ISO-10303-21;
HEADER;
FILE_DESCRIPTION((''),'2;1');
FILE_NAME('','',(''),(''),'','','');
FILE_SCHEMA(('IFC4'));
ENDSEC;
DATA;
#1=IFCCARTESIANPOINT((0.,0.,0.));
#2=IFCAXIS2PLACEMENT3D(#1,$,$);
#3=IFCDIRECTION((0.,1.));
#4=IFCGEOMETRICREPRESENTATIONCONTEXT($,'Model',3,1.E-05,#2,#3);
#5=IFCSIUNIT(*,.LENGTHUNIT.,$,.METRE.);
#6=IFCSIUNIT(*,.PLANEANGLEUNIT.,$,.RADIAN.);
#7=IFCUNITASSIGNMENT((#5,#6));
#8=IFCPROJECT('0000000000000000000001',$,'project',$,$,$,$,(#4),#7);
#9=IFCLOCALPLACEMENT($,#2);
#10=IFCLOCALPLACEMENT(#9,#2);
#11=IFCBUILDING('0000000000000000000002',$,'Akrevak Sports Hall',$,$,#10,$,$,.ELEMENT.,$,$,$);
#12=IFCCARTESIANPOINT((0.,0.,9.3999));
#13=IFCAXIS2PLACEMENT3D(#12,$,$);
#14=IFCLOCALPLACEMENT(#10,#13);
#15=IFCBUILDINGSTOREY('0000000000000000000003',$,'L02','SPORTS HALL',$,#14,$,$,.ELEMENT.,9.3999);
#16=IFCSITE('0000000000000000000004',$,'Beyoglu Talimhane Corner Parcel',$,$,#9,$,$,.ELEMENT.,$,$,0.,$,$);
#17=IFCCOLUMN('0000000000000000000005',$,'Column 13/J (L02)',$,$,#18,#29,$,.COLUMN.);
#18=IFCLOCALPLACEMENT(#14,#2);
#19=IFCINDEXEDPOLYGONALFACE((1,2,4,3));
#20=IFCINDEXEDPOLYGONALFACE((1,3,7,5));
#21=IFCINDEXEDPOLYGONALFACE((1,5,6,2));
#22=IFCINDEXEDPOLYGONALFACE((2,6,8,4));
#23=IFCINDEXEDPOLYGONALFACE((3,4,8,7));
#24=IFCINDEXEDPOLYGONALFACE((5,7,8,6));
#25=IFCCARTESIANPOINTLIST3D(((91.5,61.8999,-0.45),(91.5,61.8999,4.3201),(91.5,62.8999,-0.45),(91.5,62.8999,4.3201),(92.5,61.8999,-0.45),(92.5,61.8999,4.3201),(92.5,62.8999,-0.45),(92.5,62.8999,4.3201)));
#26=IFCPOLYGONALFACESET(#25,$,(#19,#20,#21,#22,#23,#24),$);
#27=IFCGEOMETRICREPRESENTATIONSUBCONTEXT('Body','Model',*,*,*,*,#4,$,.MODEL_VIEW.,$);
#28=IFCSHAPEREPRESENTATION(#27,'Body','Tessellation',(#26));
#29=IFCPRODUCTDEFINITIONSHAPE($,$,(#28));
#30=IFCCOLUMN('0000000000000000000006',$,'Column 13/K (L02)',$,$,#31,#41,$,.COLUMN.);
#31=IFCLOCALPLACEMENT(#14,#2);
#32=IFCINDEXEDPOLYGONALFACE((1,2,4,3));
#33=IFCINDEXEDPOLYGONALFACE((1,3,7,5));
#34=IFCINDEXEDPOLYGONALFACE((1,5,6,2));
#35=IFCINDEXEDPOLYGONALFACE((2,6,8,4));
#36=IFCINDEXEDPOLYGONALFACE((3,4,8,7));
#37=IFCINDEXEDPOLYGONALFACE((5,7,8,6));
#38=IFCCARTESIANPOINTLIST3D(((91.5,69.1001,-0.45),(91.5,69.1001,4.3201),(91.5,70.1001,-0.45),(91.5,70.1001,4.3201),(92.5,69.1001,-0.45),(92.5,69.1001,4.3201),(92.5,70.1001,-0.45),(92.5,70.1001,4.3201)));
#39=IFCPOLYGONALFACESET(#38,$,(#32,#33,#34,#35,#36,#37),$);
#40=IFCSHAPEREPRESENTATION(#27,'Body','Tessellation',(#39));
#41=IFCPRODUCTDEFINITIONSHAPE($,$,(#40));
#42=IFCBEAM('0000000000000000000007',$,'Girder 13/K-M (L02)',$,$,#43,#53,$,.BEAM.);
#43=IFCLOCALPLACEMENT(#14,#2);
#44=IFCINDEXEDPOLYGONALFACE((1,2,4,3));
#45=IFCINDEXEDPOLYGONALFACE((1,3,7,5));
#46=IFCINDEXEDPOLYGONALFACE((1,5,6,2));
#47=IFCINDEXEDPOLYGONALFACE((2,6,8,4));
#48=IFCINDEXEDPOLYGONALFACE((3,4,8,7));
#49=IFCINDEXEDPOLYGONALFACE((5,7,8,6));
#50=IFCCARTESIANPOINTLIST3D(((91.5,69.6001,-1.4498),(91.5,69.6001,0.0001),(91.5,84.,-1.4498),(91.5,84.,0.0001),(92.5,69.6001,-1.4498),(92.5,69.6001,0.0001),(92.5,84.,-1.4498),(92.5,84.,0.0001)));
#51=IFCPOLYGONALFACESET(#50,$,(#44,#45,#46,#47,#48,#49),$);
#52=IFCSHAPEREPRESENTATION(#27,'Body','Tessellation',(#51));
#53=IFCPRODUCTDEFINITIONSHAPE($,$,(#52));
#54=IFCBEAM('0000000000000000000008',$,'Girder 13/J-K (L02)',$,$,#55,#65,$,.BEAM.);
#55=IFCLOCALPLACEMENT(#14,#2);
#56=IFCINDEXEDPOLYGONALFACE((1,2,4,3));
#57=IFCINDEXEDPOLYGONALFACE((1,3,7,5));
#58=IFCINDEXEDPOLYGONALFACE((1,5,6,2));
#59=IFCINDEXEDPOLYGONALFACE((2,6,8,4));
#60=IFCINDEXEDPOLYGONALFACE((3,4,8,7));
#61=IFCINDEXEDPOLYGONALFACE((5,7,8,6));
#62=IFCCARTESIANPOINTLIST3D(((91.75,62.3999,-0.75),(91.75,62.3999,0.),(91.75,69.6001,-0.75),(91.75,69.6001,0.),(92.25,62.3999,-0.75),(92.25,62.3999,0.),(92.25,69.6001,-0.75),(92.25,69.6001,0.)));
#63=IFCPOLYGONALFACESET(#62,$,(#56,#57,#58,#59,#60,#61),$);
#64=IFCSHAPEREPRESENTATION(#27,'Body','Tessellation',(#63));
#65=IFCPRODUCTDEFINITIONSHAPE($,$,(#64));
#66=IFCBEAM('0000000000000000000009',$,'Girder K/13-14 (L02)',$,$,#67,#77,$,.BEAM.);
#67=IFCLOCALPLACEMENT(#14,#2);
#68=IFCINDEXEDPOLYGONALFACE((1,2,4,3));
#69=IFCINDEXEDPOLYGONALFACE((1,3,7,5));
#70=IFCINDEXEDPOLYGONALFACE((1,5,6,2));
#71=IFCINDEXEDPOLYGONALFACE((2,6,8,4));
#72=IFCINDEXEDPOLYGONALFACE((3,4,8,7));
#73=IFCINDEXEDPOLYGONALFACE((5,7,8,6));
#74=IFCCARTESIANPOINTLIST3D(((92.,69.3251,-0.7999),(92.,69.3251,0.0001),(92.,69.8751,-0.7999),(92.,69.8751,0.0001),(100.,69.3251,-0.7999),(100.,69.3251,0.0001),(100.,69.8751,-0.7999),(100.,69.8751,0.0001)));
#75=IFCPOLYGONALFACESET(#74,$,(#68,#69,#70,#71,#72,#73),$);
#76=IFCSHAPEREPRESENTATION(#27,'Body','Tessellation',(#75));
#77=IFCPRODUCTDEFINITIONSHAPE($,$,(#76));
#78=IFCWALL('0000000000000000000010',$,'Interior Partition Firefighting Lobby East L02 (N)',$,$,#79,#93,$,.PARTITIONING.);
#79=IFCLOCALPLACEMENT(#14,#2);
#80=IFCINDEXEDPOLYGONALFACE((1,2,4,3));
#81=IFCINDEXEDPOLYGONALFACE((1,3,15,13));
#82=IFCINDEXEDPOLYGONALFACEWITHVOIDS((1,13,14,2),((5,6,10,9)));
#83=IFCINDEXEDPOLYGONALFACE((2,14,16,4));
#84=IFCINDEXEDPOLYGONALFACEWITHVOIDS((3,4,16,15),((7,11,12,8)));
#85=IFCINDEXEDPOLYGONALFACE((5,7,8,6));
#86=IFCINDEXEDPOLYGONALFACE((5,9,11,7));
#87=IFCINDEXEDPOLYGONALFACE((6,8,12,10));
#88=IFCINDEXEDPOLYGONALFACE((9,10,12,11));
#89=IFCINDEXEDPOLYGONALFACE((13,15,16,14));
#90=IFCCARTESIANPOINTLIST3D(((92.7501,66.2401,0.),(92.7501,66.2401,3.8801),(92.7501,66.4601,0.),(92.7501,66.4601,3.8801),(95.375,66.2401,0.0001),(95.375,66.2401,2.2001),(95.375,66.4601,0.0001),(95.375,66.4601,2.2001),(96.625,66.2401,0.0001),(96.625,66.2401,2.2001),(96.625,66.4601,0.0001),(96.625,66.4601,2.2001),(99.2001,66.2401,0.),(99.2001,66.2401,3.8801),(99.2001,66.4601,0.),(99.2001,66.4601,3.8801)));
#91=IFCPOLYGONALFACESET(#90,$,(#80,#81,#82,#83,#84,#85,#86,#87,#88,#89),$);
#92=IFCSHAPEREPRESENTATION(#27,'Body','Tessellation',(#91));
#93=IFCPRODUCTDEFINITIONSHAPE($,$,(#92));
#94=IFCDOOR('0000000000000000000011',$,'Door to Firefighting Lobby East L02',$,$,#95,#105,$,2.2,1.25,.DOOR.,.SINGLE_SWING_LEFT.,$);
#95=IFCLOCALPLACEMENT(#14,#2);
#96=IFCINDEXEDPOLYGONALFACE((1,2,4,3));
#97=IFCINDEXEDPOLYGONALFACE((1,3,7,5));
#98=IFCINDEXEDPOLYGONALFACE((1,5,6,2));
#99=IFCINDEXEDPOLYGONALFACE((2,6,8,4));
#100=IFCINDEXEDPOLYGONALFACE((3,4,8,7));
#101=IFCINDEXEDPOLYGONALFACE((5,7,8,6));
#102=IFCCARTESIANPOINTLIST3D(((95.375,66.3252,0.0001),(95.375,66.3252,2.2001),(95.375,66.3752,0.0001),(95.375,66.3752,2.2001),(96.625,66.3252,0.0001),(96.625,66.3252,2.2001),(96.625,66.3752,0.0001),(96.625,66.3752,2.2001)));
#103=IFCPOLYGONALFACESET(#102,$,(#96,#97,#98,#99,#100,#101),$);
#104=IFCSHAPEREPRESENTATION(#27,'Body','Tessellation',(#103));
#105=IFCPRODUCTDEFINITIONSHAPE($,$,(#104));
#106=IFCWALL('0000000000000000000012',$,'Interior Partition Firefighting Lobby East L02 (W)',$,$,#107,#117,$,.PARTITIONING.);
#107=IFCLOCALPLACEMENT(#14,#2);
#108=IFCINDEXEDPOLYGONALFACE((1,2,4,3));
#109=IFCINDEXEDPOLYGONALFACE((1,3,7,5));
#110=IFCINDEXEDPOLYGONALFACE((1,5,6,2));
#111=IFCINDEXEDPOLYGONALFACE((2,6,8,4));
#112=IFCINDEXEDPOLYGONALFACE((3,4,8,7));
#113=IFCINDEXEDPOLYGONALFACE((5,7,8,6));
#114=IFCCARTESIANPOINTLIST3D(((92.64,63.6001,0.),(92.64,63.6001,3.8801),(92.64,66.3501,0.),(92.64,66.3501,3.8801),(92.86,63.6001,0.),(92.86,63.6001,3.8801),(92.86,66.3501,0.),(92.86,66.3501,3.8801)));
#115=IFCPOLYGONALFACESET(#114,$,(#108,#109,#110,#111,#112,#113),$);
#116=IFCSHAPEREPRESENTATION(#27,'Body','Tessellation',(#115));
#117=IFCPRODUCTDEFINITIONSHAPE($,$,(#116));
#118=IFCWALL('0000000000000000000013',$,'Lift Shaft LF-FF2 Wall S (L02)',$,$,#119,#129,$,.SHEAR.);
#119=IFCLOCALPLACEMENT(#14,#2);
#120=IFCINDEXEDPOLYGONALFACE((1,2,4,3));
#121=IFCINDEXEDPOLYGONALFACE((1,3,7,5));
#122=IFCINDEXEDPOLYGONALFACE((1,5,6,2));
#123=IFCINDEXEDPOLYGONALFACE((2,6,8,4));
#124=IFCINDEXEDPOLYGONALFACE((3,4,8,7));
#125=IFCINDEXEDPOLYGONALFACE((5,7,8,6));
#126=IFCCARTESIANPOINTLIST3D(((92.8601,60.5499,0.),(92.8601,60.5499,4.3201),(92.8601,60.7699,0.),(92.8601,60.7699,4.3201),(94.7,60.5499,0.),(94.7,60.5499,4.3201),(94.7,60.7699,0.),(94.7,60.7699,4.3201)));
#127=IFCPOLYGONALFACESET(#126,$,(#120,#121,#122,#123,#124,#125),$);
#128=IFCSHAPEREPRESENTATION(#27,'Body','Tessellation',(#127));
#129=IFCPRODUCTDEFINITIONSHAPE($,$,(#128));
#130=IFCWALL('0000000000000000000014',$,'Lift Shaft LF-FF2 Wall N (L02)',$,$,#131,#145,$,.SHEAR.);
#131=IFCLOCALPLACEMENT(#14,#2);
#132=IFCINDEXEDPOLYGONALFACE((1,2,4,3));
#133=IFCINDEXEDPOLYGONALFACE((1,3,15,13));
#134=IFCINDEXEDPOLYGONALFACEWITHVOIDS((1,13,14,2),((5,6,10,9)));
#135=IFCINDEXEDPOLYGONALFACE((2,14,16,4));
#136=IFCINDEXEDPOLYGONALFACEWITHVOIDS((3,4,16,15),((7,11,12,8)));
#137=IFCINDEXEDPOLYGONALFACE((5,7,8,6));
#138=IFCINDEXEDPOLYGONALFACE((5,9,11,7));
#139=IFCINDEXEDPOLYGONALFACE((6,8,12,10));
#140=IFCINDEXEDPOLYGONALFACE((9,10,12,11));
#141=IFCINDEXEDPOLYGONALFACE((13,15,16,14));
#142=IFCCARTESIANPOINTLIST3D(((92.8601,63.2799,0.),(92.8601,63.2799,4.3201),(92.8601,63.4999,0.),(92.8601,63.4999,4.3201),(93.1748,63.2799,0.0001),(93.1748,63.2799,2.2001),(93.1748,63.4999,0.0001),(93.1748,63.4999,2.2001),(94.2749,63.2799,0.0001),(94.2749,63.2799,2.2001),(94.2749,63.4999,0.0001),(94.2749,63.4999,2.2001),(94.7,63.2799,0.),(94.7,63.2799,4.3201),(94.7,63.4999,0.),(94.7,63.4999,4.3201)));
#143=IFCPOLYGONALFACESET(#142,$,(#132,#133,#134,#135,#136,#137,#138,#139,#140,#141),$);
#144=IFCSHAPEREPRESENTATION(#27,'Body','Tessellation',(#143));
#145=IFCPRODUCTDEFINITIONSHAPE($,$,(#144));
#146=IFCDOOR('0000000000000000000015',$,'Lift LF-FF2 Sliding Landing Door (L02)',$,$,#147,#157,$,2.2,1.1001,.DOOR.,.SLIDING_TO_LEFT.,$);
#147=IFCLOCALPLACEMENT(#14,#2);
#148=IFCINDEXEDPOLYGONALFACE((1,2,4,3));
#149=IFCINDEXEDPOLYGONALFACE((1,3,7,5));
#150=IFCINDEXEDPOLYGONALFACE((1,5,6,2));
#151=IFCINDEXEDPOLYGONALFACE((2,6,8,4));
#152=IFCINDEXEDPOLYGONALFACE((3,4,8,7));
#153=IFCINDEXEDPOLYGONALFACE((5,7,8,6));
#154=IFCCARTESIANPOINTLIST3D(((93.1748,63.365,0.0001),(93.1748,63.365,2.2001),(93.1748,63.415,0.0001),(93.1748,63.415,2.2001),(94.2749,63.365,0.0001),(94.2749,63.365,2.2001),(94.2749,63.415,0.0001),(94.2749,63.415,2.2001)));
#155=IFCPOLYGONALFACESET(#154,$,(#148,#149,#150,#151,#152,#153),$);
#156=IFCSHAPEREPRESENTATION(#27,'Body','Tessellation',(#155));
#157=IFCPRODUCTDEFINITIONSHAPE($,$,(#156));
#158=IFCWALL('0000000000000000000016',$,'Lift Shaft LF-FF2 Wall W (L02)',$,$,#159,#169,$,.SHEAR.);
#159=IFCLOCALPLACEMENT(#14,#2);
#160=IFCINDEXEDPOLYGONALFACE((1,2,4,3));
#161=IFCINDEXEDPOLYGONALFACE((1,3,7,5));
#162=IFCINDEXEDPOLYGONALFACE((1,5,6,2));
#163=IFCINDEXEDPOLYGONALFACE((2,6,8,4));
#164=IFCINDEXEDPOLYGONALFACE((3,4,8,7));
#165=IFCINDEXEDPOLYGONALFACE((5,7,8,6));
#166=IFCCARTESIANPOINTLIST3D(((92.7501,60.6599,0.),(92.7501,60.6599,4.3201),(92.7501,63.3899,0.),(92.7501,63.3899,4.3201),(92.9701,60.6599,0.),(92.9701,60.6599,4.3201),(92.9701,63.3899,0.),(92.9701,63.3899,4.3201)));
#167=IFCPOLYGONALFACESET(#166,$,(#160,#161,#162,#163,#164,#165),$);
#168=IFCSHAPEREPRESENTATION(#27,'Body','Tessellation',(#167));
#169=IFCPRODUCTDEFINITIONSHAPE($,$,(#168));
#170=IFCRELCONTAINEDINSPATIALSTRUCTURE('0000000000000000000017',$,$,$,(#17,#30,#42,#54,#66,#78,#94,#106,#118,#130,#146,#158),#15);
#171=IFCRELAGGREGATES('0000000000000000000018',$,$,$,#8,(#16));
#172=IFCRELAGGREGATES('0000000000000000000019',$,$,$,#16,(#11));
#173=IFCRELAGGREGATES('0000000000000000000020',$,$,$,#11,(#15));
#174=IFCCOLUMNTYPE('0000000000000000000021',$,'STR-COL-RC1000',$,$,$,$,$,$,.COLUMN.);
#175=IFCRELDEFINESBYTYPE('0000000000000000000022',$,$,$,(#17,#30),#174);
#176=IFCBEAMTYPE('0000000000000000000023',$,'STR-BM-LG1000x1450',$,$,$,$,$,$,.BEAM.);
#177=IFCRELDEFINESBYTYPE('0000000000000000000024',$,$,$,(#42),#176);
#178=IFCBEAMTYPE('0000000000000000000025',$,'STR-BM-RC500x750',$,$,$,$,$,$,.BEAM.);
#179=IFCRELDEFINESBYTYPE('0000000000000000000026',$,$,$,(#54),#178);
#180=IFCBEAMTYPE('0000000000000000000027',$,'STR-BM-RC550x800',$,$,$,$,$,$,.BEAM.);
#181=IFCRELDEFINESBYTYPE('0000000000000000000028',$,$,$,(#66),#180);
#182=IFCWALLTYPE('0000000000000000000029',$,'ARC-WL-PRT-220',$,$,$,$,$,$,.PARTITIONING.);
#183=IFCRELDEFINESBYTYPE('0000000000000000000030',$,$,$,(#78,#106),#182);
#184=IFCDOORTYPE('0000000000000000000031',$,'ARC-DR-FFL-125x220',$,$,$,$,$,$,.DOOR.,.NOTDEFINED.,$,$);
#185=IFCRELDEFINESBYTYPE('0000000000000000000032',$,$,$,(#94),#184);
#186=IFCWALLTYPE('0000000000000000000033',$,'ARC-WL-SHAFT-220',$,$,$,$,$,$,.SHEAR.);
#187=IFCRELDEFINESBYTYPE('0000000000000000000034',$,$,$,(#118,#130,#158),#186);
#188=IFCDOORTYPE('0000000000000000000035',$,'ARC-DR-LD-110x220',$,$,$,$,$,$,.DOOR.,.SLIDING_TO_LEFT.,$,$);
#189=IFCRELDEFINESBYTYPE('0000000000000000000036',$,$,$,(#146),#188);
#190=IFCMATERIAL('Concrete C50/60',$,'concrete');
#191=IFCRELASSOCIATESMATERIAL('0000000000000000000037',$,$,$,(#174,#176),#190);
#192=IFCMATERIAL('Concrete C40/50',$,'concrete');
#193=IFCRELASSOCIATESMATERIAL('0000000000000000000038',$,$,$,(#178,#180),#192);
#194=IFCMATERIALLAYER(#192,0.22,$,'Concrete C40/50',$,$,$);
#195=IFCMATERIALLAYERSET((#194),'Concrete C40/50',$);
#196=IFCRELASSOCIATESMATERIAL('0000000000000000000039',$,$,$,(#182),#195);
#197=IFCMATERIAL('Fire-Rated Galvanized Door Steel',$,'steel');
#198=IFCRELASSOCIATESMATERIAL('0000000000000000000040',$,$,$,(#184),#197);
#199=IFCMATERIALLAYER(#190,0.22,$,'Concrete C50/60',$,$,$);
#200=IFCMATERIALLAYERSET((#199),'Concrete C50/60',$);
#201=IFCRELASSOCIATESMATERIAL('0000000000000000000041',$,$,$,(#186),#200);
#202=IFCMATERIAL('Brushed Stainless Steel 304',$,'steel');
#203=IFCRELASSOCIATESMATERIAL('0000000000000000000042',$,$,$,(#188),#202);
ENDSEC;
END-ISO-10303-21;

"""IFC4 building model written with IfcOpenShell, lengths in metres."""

from ifc_helpers import new_model, si_unit, direction, frame, frame_2d, origin, origin_2d, place, context, subcontext, project, spatial, rectangle, extrude, material, layer, layer_set, material_profile, profile_set, type_object, element, fill, save


model = new_model("IFC4")

# Units and contexts
model_context = context("Model", 3, precision=1e-05, world=origin(), true_north=direction((0.0, 1.0)))
body_context = subcontext(model_context, "Body", "Model", "MODEL_VIEW")
ifc_project = project(units=[si_unit("LENGTHUNIT", "METRE"), si_unit("PLANEANGLEUNIT", "RADIAN")], contexts=[model_context])

# Site, building, storey
site_placement = place(None, origin())
site = spatial("IfcSite", under=ifc_project, at=site_placement, Name="Beyoglu Talimhane Corner Parcel", CompositionType="ELEMENT", RefElevation=0.0)
building_placement = place(site_placement, origin())
building = spatial("IfcBuilding", under=site, at=building_placement, Name="Akrevak Sports Hall", CompositionType="ELEMENT")
storey_placement = place(building_placement, frame((0.0, 0.0, 9.3999)))
storey = spatial("IfcBuildingStorey", under=building, at=storey_placement, Name="L02", Description="SPORTS HALL", CompositionType="ELEMENT", Elevation=9.3999)

# Columns
ifc_material_1 = material(Name="Concrete C50/60", Category="concrete")
ifc_material_profile_1 = material_profile(ifc_material_1, rectangle(XDim=1.0, YDim=1.0, at=origin_2d()), Name="RC 1000x1000", Category="concrete")
ifc_profile_set_1 = profile_set([ifc_material_profile_1], Name="Concrete C50/60")
column_type = type_object("IfcColumnType", Name="STR-COL-RC1000", PredefinedType="COLUMN", material=ifc_profile_set_1)
for number, where, z_axis, x_axis, name in (
    (1, (92.0, 62.3999, -0.45), (0.0, 0.0, 1.0), (1.0, 0.0, 0.0), "Column 13/J (L02)"),
    (2, (92.0, 69.6001, -0.45), (0.0, 0.0, 1.0), (1.0, 0.0, 0.0), "Column 13/K (L02)"),
):
    element("IfcColumn", number, at=place(storey_placement, frame(where, z_axis=z_axis, x_axis=x_axis)), inside=storey, type_object=column_type, Name=name, PredefinedType="COLUMN", context=body_context, shape_type="SweptSolid", body=[
        extrude(rectangle(XDim=1.0, YDim=1.0, at=origin_2d()), origin(), (0.0, 0.0, 1.0), 4.77),
    ])

# Beams
ifc_material_profile_2 = material_profile(ifc_material_1, rectangle(XDim=1.0, YDim=1.45, at=origin_2d()), Name="BM 1000x1450", Category="concrete")
ifc_profile_set_2 = profile_set([ifc_material_profile_2], Name="Concrete C50/60")
beam_type_1 = type_object("IfcBeamType", Name="STR-BM-LG1000x1450", PredefinedType="BEAM", material=ifc_profile_set_2)
beam_1_placement = place(storey_placement, frame((92.0, 69.6001, -0.7249), z_axis=(0.0, 1.0, 0.0), x_axis=(-1.0, 0.0, 0.0)))
element("IfcBeam", 3, at=beam_1_placement, inside=storey, type_object=beam_type_1, Name="Girder 13/K-M (L02)", PredefinedType="BEAM", context=body_context, shape_type="SweptSolid", body=[
    extrude(rectangle(XDim=1.0, YDim=1.45, at=origin_2d()), origin(), (0.0, 0.0, 1.0), 14.3999),
])
ifc_material_2 = material(Name="Concrete C40/50", Category="concrete")
ifc_material_profile_3 = material_profile(ifc_material_2, rectangle(XDim=0.5, YDim=0.75, at=origin_2d()), Name="BM 500x750", Category="concrete")
ifc_profile_set_3 = profile_set([ifc_material_profile_3], Name="Concrete C40/50")
beam_type_2 = type_object("IfcBeamType", Name="STR-BM-RC500x750", PredefinedType="BEAM", material=ifc_profile_set_3)
beam_2_placement = place(storey_placement, frame((92.0, 62.3999, -0.375), z_axis=(0.0, 1.0, 0.0), x_axis=(-1.0, 0.0, 0.0)))
element("IfcBeam", 4, at=beam_2_placement, inside=storey, type_object=beam_type_2, Name="Girder 13/J-K (L02)", PredefinedType="BEAM", context=body_context, shape_type="SweptSolid", body=[
    extrude(rectangle(XDim=0.5, YDim=0.75, at=origin_2d()), origin(), (0.0, 0.0, 1.0), 7.2002),
])
ifc_material_profile_4 = material_profile(ifc_material_2, rectangle(XDim=0.55, YDim=0.8, at=origin_2d()), Name="BM 550x800", Category="concrete")
ifc_profile_set_4 = profile_set([ifc_material_profile_4], Name="Concrete C40/50")
beam_type_3 = type_object("IfcBeamType", Name="STR-BM-RC550x800", PredefinedType="BEAM", material=ifc_profile_set_4)
beam_3_placement = place(storey_placement, frame((92.0, 69.6001, -0.3999), z_axis=(1.0, 0.0, 0.0), x_axis=(0.0, 1.0, 0.0)))
element("IfcBeam", 5, at=beam_3_placement, inside=storey, type_object=beam_type_3, Name="Girder K/13-14 (L02)", PredefinedType="BEAM", context=body_context, shape_type="SweptSolid", body=[
    extrude(rectangle(XDim=0.55, YDim=0.8, at=origin_2d()), origin(), (0.0, 0.0, 1.0), 8.0),
])

# Wall, opening, door
ifc_layer_1 = layer(ifc_material_2, 0.22, Name="Concrete C40/50")
ifc_layer_set_1 = layer_set([ifc_layer_1], Name="Concrete C40/50")
wall_type_1 = type_object("IfcWallType", Name="ARC-WL-PRT-220", PredefinedType="PARTITIONING", material=ifc_layer_set_1)
wall_1_placement = place(storey_placement, frame((92.75, 66.3501, 0.0), z_axis=(0.0, 0.0, 1.0), x_axis=(1.0, 0.0, 0.0)))
wall_1 = element("IfcWall", 6, at=wall_1_placement, inside=storey, type_object=wall_type_1, Name="Interior Partition Firefighting Lobby East L02 (N)", PredefinedType="PARTITIONING", context=body_context, shape_type="SweptSolid", body=[
    extrude(rectangle(XDim=6.45, YDim=0.22, at=frame_2d((3.2251, 0.0))), origin(), (0.0, 0.0, 1.0), 3.8801),
])
opening_1_placement = place(wall_1_placement, frame((2.625, 0.0, 0.0)))
opening_1 = element("IfcOpeningElement", 7, at=opening_1_placement, cuts=wall_1, PredefinedType="OPENING", context=body_context, shape_type="SweptSolid", body=[
    extrude(rectangle(XDim=1.25, YDim=2.2, at=frame_2d((0.625, 1.1001))), frame((0.0, 0.1221, 0.0), z_axis=(0.0, -1.0, 0.0), x_axis=(1.0, 0.0, 0.0)), (0.0, 0.0, 1.0), 0.2439),
])
ifc_material_3 = material(Name="Fire-Rated Galvanized Door Steel", Category="steel")
door_type_1 = type_object("IfcDoorType", Name="ARC-DR-FFL-125x220", OperationType="NOTDEFINED", PredefinedType="DOOR", material=ifc_material_3)
door_1_placement = place(opening_1_placement, frame((1.25, 0.0, 0.0), z_axis=(0.0, 0.0, 1.0), x_axis=(-1.0, 0.0, 0.0)))
door_1 = element("IfcDoor", 8, at=door_1_placement, inside=storey, type_object=door_type_1, Name="Door to Firefighting Lobby East L02", OperationType="SINGLE_SWING_LEFT", OverallHeight=2.2, OverallWidth=1.25, PredefinedType="DOOR", context=body_context, shape_type="SweptSolid", body=[
    extrude(rectangle(XDim=1.25, YDim=2.2, at=frame_2d((0.625, 1.1001))), frame((0.0, 0.0249, 0.0), z_axis=(0.0, -1.0, 0.0), x_axis=(1.0, 0.0, 0.0)), (0.0, 0.0, 1.0), 0.05),
])
fill(opening_1, door_1)

# Walls
wall_2_placement = place(storey_placement, frame((92.75, 63.6001, 0.0), z_axis=(0.0, 0.0, 1.0), x_axis=(0.0, 1.0, 0.0)))
element("IfcWall", 9, at=wall_2_placement, inside=storey, type_object=wall_type_1, Name="Interior Partition Firefighting Lobby East L02 (W)", PredefinedType="PARTITIONING", context=body_context, shape_type="SweptSolid", body=[
    extrude(rectangle(XDim=2.75, YDim=0.22, at=frame_2d((1.375, 0.0))), origin(), (0.0, 0.0, 1.0), 3.8801),
])
ifc_layer_2 = layer(ifc_material_1, 0.22, Name="Concrete C50/60")
ifc_layer_set_2 = layer_set([ifc_layer_2], Name="Concrete C50/60")
wall_type_2 = type_object("IfcWallType", Name="ARC-WL-SHAFT-220", PredefinedType="SHEAR", material=ifc_layer_set_2)
wall_3_placement = place(storey_placement, frame((92.8601, 60.6599, 0.0), z_axis=(0.0, 0.0, 1.0), x_axis=(1.0, 0.0, 0.0)))
element("IfcWall", 10, at=wall_3_placement, inside=storey, type_object=wall_type_2, Name="Lift Shaft LF-FF2 Wall S (L02)", PredefinedType="SHEAR", context=body_context, shape_type="SweptSolid", body=[
    extrude(rectangle(XDim=1.8398, YDim=0.22, at=frame_2d((0.9199, 0.0))), origin(), (0.0, 0.0, 1.0), 4.3201),
])

# Wall, opening, door
wall_4_placement = place(storey_placement, frame((94.7, 63.3899, 0.0), z_axis=(0.0, 0.0, 1.0), x_axis=(-1.0, 0.0, 0.0)))
wall_4 = element("IfcWall", 11, at=wall_4_placement, inside=storey, type_object=wall_type_2, Name="Lift Shaft LF-FF2 Wall N (L02)", PredefinedType="SHEAR", context=body_context, shape_type="SweptSolid", body=[
    extrude(rectangle(XDim=1.8398, YDim=0.22, at=frame_2d((0.9199, 0.0))), origin(), (0.0, 0.0, 1.0), 4.3201),
])
opening_2_placement = place(wall_4_placement, frame((0.425, 0.0, 0.0)))
opening_2 = element("IfcOpeningElement", 12, at=opening_2_placement, cuts=wall_4, PredefinedType="OPENING", context=body_context, shape_type="SweptSolid", body=[
    extrude(rectangle(XDim=1.1001, YDim=2.2, at=frame_2d((0.55, 1.1001))), frame((0.0, 0.1221, 0.0), z_axis=(0.0, -1.0, 0.0), x_axis=(1.0, 0.0, 0.0)), (0.0, 0.0, 1.0), 0.2439),
])
ifc_material_4 = material(Name="Brushed Stainless Steel 304", Category="steel")
door_type_2 = type_object("IfcDoorType", Name="ARC-DR-LD-110x220", OperationType="SLIDING_TO_LEFT", PredefinedType="DOOR", material=ifc_material_4)
door_2_placement = place(opening_2_placement, origin())
door_2 = element("IfcDoor", 13, at=door_2_placement, inside=storey, type_object=door_type_2, Name="Lift LF-FF2 Sliding Landing Door (L02)", OperationType="SLIDING_TO_LEFT", OverallHeight=2.2, OverallWidth=1.1001, PredefinedType="DOOR", context=body_context, shape_type="SweptSolid", body=[
    extrude(rectangle(XDim=1.1001, YDim=2.2, at=frame_2d((0.55, 1.1001))), frame((0.0, 0.0249, 0.0), z_axis=(0.0, -1.0, 0.0), x_axis=(1.0, 0.0, 0.0)), (0.0, 0.0, 1.0), 0.05),
])
fill(opening_2, door_2)

# Wall
wall_5_placement = place(storey_placement, frame((92.8601, 63.3899, 0.0), z_axis=(0.0, 0.0, 1.0), x_axis=(0.0, -1.0, 0.0)))
element("IfcWall", 14, at=wall_5_placement, inside=storey, type_object=wall_type_2, Name="Lift Shaft LF-FF2 Wall W (L02)", PredefinedType="SHEAR", context=body_context, shape_type="SweptSolid", body=[
    extrude(rectangle(XDim=2.73, YDim=0.22, at=frame_2d((1.365, 0.0))), origin(), (0.0, 0.0, 1.0), 4.3201),
])

save(model, "model.ifc")
